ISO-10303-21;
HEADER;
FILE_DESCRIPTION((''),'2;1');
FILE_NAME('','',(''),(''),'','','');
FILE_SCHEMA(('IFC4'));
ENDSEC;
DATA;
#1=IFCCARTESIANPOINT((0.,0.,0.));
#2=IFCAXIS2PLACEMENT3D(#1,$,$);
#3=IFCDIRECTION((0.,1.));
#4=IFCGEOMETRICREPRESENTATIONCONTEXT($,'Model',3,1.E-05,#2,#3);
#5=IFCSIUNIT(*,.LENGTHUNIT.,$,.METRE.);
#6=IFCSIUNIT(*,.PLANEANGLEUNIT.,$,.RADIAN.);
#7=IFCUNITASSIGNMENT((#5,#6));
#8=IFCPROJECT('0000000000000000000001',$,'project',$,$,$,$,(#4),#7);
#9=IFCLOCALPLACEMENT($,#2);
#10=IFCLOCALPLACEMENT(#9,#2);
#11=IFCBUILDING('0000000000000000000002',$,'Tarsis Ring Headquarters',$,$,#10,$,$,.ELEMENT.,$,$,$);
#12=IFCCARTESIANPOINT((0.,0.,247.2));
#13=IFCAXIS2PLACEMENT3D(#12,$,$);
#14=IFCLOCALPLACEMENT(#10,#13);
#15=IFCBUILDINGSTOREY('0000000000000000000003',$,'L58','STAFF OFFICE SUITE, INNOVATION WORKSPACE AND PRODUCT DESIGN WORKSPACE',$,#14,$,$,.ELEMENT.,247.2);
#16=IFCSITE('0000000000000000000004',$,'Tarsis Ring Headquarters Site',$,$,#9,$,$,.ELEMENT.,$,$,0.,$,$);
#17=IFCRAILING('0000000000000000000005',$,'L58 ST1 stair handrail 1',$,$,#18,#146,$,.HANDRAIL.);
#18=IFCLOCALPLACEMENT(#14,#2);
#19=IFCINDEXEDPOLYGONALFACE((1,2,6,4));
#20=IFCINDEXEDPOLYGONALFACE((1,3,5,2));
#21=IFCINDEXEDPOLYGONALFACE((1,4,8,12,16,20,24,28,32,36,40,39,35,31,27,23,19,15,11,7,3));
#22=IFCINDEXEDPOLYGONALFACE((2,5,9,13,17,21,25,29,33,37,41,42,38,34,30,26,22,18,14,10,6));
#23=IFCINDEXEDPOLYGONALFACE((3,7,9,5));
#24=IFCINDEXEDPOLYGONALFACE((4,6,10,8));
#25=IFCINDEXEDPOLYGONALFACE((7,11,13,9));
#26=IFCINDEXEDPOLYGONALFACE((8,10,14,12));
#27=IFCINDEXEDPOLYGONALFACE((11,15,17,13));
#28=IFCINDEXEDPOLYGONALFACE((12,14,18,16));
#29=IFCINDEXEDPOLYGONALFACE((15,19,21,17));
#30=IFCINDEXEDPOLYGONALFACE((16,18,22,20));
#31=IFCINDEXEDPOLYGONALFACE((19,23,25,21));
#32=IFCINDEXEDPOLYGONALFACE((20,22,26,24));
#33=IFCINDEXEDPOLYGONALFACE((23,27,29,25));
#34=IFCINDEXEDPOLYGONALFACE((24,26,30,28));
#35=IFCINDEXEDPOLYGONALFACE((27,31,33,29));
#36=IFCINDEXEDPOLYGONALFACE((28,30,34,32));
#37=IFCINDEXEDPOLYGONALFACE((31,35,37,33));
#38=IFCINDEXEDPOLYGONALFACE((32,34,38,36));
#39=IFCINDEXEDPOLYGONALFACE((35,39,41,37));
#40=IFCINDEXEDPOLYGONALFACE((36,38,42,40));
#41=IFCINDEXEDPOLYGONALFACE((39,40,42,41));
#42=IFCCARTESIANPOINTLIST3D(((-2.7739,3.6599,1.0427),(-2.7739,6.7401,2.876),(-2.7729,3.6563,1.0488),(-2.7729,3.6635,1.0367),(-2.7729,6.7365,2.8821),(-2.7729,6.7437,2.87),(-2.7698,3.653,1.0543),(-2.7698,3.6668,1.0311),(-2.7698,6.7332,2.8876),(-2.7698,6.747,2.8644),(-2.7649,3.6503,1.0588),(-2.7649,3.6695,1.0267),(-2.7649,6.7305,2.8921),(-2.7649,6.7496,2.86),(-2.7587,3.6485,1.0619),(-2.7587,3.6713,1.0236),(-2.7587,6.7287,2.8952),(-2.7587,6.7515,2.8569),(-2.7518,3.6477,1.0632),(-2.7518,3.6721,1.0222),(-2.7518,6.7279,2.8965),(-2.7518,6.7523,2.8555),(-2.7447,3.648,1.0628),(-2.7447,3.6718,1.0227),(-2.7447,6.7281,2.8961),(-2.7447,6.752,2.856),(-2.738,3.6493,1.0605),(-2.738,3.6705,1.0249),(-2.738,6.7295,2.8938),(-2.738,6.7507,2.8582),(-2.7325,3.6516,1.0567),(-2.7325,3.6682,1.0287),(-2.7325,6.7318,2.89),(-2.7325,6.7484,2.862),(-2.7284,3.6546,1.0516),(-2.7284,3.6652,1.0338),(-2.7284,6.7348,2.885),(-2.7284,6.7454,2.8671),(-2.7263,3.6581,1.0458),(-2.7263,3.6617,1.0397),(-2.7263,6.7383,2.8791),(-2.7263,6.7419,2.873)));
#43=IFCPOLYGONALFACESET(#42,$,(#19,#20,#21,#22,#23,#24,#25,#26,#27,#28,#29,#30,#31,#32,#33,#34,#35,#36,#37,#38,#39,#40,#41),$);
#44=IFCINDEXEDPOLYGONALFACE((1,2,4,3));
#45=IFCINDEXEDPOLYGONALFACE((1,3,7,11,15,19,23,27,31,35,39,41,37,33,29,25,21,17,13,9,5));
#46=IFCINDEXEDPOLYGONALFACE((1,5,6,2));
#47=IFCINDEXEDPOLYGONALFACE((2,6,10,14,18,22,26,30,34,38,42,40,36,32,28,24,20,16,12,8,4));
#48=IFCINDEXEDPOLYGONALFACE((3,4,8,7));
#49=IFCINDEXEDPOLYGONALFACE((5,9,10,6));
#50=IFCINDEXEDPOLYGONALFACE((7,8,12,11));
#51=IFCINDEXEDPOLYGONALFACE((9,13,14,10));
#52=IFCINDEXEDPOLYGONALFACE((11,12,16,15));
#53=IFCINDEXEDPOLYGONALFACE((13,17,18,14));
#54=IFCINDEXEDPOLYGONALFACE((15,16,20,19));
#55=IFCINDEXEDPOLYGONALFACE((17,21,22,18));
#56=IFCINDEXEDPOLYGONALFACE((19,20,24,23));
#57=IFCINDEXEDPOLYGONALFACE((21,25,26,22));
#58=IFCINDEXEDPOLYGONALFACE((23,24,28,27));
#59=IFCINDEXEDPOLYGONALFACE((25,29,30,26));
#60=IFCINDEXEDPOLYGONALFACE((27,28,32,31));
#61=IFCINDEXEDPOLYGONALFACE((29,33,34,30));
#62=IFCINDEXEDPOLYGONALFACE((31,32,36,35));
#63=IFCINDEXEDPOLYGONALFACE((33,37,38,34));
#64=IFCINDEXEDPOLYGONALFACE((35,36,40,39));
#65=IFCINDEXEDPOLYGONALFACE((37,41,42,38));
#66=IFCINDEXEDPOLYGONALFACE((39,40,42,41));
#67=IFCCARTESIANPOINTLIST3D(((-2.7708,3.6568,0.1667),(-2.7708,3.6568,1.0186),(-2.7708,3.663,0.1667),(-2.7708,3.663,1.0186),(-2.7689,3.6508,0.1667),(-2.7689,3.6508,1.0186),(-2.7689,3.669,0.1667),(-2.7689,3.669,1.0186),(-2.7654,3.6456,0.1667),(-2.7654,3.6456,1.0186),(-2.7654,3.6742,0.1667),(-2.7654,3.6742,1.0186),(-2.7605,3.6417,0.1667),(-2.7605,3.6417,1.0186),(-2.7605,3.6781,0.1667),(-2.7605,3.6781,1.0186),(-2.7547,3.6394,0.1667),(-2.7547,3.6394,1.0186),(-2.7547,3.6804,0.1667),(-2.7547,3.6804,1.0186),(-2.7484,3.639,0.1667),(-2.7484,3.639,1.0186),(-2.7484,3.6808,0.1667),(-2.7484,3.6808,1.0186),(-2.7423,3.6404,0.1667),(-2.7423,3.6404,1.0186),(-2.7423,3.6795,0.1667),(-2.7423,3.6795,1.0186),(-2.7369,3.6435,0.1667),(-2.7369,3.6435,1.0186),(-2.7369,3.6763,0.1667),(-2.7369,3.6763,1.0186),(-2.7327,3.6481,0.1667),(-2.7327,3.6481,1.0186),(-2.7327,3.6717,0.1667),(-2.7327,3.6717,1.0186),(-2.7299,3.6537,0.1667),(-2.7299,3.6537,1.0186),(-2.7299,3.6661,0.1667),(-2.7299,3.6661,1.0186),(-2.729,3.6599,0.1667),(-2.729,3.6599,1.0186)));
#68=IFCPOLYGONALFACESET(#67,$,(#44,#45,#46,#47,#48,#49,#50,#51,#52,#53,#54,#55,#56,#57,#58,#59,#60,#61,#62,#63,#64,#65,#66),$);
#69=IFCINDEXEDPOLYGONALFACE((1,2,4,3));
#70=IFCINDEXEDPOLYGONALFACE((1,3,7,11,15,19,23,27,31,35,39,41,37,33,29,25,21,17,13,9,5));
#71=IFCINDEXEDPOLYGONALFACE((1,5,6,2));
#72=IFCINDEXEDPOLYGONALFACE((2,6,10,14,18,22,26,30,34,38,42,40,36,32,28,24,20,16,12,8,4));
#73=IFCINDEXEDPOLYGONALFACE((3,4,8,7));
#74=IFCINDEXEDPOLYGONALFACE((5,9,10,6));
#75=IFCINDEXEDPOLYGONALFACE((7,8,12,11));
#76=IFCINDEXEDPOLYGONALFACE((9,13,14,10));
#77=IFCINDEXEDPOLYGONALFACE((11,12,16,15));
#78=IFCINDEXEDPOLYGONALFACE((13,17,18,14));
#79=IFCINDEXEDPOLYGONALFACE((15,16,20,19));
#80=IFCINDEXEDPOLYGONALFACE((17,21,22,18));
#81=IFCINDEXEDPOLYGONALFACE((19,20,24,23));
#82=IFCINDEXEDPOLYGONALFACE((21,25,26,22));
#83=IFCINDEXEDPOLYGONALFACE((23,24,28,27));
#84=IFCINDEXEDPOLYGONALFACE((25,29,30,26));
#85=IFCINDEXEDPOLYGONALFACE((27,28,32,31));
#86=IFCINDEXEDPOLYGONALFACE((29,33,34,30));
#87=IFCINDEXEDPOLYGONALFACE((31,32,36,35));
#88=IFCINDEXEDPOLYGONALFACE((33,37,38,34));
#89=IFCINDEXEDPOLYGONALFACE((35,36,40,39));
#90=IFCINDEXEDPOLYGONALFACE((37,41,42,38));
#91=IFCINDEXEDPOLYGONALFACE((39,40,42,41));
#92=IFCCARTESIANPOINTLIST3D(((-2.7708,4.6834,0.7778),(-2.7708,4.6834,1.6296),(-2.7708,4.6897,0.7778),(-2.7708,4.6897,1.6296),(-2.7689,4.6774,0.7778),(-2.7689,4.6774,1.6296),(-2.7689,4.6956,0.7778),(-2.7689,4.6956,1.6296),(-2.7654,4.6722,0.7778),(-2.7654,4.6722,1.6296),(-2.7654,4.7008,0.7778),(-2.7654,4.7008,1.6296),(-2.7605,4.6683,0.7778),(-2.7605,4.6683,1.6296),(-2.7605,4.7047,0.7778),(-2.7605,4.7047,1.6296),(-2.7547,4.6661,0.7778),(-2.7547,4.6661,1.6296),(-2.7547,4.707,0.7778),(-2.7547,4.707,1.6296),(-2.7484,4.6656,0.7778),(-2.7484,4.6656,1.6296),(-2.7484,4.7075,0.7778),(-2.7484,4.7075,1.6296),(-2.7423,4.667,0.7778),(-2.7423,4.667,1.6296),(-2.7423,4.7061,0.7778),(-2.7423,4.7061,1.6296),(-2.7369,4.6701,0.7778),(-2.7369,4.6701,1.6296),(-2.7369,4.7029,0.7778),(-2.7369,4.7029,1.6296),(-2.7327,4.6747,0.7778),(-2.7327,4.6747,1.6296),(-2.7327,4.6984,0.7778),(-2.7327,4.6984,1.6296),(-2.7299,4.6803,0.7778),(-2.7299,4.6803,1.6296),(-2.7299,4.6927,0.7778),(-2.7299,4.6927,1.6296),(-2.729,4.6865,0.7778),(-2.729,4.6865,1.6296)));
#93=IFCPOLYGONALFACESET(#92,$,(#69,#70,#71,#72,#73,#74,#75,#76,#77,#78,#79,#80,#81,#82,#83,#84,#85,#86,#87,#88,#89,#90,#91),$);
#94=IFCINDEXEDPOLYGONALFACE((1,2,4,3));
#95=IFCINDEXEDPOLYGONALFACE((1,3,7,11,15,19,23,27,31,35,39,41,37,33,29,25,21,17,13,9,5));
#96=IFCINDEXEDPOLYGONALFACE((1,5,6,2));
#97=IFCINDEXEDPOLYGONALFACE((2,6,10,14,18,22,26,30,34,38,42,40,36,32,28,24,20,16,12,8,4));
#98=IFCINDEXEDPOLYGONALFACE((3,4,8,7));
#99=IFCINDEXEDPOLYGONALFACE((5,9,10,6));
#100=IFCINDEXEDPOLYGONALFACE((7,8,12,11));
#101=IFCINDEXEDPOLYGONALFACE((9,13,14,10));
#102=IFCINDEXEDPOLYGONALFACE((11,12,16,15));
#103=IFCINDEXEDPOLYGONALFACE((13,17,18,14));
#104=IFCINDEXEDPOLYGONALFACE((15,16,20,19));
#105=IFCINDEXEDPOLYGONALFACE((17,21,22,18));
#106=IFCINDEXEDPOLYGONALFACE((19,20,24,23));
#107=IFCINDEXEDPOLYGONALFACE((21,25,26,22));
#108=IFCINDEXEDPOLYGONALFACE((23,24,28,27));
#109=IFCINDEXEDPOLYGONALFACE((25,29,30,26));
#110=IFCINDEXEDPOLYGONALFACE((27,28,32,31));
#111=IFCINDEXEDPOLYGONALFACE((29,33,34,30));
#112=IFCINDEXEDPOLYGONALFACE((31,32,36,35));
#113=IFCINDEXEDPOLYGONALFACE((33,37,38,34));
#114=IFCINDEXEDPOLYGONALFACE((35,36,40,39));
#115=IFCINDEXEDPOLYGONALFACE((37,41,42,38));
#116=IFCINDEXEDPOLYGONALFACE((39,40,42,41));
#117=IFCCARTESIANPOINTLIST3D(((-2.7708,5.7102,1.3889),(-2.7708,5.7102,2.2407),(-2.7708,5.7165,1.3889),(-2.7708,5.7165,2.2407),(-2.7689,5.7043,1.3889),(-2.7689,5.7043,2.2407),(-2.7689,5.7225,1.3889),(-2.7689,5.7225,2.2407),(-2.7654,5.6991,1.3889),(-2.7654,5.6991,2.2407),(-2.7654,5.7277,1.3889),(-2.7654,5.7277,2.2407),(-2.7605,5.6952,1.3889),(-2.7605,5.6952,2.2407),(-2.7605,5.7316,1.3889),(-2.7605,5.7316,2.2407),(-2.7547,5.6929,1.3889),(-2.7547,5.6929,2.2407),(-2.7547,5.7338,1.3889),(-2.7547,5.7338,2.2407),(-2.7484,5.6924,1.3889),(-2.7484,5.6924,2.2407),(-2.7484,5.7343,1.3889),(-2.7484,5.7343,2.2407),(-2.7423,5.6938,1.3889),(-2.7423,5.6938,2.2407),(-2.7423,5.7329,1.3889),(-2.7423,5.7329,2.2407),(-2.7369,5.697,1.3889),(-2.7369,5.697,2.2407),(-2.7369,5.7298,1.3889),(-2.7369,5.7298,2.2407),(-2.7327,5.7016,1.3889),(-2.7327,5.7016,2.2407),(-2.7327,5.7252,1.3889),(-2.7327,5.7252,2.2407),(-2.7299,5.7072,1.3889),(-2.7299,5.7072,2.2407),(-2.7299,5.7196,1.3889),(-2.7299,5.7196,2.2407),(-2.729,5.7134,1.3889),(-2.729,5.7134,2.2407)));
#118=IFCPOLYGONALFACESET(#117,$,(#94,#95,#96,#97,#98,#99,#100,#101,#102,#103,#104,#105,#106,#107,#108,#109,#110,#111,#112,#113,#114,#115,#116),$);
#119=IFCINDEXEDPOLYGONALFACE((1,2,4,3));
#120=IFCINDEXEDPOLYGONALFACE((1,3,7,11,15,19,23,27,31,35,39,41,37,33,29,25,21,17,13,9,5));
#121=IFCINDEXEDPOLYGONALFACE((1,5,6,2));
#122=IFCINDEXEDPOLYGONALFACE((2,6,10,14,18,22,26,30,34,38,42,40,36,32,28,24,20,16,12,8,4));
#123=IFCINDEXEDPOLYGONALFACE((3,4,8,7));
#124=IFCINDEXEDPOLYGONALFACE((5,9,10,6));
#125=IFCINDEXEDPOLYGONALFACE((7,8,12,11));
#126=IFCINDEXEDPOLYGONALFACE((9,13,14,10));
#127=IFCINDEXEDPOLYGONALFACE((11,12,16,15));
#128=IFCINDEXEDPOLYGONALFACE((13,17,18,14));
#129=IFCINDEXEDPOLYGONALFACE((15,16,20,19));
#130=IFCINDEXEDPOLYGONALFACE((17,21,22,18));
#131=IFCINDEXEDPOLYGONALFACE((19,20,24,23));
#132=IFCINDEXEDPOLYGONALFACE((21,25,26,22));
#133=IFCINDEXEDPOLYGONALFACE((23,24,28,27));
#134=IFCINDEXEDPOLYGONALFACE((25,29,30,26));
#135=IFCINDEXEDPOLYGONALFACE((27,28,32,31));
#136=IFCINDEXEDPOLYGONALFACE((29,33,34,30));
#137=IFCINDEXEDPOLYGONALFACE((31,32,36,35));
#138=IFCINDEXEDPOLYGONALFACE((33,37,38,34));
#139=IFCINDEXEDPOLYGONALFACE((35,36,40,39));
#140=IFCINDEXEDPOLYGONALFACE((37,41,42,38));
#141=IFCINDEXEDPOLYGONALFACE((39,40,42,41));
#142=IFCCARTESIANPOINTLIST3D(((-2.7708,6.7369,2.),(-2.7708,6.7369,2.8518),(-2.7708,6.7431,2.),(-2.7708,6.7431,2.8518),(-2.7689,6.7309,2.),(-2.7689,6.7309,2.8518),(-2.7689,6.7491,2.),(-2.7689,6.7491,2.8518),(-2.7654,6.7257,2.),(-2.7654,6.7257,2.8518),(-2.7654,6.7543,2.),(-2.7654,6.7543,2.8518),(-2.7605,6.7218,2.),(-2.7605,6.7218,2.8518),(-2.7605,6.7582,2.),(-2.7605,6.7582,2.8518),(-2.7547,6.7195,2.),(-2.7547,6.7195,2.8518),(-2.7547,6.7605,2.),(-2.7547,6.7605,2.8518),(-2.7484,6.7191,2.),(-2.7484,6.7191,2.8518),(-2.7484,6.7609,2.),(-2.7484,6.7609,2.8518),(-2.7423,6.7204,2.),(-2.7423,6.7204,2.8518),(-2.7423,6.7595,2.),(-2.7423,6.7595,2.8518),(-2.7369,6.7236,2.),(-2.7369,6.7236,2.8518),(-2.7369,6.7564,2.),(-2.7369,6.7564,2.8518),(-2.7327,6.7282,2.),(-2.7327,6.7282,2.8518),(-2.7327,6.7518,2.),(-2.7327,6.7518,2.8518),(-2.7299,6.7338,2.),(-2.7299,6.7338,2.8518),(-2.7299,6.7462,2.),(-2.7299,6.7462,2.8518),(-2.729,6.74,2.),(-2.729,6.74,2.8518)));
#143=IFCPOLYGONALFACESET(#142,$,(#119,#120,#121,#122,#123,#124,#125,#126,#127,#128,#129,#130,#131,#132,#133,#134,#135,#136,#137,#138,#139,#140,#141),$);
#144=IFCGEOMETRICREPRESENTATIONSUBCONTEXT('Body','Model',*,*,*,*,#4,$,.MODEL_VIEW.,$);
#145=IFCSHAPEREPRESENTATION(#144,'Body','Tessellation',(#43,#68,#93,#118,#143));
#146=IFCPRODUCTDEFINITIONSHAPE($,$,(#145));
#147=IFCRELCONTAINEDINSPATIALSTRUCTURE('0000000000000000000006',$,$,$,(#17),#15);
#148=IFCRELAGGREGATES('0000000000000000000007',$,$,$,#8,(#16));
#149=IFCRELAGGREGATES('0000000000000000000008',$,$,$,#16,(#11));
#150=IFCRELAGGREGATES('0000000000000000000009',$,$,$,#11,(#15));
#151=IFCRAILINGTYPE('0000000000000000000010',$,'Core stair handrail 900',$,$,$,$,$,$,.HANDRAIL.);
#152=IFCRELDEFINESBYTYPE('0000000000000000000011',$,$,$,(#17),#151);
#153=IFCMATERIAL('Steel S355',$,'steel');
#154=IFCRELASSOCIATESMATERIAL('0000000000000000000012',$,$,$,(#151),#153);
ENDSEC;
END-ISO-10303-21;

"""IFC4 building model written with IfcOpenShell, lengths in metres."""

from ifc_helpers import new_model, si_unit, direction, frame, origin, origin_2d, place, context, subcontext, project, spatial, circle, extrude, material, type_object, element, save


model = new_model("IFC4")

# Units and contexts
model_context = context("Model", 3, precision=1e-05, world=origin(), true_north=direction((0.0, 1.0)))
body_context = subcontext(model_context, "Body", "Model", "MODEL_VIEW")
ifc_project = project(units=[si_unit("LENGTHUNIT", "METRE"), si_unit("PLANEANGLEUNIT", "RADIAN")], contexts=[model_context])

# Site, building, storey
site_placement = place(None, origin())
site = spatial("IfcSite", under=ifc_project, at=site_placement, Name="Tarsis Ring Headquarters Site", CompositionType="ELEMENT", RefElevation=0.0)
building_placement = place(site_placement, origin())
building = spatial("IfcBuilding", under=site, at=building_placement, Name="Tarsis Ring Headquarters", CompositionType="ELEMENT")
storey_placement = place(building_placement, frame((0.0, 0.0, 247.2)))
storey = spatial("IfcBuildingStorey", under=building, at=storey_placement, Name="L58", Description="STAFF OFFICE SUITE, INNOVATION WORKSPACE AND PRODUCT DESIGN WORKSPACE", CompositionType="ELEMENT", Elevation=247.2)

# Shared definitions
ifc_material_1 = material(Name="Steel S355", Category="steel")

# Railing
railing_type_1 = type_object("IfcRailingType", Name="Core stair handrail 900", PredefinedType="HANDRAIL", material=ifc_material_1)
railing_1_placement = place(storey_placement, frame((-2.75, 3.6599, 0.1667)))
element("IfcRailing", 1, at=railing_1_placement, inside=storey, type_object=railing_type_1, Name="L58 ST1 stair handrail 1", PredefinedType="HANDRAIL", context=body_context, shape_type="SweptSolid", body=[
    extrude(circle(Radius=0.0239, at=origin_2d()), frame((0.0, 0.0, 0.876), z_axis=(0.0, 0.859309, 0.511458), x_axis=(-1.0, 0.0, 0.0)), (0.0, 0.0, 1.0), 3.5845),
    extrude(circle(Radius=0.021, at=origin_2d()), origin(), (0.0, 0.0, 1.0), 0.8518),
    extrude(circle(Radius=0.021, at=origin_2d()), frame((0.0, 1.0266, 0.6111)), (0.0, 0.0, 1.0), 0.8518),
    extrude(circle(Radius=0.021, at=origin_2d()), frame((0.0, 2.0535, 1.2222)), (0.0, 0.0, 1.0), 0.8518),
    extrude(circle(Radius=0.021, at=origin_2d()), frame((0.0, 3.0801, 1.8333)), (0.0, 0.0, 1.0), 0.8518),
])

save(model, "model.ifc")
